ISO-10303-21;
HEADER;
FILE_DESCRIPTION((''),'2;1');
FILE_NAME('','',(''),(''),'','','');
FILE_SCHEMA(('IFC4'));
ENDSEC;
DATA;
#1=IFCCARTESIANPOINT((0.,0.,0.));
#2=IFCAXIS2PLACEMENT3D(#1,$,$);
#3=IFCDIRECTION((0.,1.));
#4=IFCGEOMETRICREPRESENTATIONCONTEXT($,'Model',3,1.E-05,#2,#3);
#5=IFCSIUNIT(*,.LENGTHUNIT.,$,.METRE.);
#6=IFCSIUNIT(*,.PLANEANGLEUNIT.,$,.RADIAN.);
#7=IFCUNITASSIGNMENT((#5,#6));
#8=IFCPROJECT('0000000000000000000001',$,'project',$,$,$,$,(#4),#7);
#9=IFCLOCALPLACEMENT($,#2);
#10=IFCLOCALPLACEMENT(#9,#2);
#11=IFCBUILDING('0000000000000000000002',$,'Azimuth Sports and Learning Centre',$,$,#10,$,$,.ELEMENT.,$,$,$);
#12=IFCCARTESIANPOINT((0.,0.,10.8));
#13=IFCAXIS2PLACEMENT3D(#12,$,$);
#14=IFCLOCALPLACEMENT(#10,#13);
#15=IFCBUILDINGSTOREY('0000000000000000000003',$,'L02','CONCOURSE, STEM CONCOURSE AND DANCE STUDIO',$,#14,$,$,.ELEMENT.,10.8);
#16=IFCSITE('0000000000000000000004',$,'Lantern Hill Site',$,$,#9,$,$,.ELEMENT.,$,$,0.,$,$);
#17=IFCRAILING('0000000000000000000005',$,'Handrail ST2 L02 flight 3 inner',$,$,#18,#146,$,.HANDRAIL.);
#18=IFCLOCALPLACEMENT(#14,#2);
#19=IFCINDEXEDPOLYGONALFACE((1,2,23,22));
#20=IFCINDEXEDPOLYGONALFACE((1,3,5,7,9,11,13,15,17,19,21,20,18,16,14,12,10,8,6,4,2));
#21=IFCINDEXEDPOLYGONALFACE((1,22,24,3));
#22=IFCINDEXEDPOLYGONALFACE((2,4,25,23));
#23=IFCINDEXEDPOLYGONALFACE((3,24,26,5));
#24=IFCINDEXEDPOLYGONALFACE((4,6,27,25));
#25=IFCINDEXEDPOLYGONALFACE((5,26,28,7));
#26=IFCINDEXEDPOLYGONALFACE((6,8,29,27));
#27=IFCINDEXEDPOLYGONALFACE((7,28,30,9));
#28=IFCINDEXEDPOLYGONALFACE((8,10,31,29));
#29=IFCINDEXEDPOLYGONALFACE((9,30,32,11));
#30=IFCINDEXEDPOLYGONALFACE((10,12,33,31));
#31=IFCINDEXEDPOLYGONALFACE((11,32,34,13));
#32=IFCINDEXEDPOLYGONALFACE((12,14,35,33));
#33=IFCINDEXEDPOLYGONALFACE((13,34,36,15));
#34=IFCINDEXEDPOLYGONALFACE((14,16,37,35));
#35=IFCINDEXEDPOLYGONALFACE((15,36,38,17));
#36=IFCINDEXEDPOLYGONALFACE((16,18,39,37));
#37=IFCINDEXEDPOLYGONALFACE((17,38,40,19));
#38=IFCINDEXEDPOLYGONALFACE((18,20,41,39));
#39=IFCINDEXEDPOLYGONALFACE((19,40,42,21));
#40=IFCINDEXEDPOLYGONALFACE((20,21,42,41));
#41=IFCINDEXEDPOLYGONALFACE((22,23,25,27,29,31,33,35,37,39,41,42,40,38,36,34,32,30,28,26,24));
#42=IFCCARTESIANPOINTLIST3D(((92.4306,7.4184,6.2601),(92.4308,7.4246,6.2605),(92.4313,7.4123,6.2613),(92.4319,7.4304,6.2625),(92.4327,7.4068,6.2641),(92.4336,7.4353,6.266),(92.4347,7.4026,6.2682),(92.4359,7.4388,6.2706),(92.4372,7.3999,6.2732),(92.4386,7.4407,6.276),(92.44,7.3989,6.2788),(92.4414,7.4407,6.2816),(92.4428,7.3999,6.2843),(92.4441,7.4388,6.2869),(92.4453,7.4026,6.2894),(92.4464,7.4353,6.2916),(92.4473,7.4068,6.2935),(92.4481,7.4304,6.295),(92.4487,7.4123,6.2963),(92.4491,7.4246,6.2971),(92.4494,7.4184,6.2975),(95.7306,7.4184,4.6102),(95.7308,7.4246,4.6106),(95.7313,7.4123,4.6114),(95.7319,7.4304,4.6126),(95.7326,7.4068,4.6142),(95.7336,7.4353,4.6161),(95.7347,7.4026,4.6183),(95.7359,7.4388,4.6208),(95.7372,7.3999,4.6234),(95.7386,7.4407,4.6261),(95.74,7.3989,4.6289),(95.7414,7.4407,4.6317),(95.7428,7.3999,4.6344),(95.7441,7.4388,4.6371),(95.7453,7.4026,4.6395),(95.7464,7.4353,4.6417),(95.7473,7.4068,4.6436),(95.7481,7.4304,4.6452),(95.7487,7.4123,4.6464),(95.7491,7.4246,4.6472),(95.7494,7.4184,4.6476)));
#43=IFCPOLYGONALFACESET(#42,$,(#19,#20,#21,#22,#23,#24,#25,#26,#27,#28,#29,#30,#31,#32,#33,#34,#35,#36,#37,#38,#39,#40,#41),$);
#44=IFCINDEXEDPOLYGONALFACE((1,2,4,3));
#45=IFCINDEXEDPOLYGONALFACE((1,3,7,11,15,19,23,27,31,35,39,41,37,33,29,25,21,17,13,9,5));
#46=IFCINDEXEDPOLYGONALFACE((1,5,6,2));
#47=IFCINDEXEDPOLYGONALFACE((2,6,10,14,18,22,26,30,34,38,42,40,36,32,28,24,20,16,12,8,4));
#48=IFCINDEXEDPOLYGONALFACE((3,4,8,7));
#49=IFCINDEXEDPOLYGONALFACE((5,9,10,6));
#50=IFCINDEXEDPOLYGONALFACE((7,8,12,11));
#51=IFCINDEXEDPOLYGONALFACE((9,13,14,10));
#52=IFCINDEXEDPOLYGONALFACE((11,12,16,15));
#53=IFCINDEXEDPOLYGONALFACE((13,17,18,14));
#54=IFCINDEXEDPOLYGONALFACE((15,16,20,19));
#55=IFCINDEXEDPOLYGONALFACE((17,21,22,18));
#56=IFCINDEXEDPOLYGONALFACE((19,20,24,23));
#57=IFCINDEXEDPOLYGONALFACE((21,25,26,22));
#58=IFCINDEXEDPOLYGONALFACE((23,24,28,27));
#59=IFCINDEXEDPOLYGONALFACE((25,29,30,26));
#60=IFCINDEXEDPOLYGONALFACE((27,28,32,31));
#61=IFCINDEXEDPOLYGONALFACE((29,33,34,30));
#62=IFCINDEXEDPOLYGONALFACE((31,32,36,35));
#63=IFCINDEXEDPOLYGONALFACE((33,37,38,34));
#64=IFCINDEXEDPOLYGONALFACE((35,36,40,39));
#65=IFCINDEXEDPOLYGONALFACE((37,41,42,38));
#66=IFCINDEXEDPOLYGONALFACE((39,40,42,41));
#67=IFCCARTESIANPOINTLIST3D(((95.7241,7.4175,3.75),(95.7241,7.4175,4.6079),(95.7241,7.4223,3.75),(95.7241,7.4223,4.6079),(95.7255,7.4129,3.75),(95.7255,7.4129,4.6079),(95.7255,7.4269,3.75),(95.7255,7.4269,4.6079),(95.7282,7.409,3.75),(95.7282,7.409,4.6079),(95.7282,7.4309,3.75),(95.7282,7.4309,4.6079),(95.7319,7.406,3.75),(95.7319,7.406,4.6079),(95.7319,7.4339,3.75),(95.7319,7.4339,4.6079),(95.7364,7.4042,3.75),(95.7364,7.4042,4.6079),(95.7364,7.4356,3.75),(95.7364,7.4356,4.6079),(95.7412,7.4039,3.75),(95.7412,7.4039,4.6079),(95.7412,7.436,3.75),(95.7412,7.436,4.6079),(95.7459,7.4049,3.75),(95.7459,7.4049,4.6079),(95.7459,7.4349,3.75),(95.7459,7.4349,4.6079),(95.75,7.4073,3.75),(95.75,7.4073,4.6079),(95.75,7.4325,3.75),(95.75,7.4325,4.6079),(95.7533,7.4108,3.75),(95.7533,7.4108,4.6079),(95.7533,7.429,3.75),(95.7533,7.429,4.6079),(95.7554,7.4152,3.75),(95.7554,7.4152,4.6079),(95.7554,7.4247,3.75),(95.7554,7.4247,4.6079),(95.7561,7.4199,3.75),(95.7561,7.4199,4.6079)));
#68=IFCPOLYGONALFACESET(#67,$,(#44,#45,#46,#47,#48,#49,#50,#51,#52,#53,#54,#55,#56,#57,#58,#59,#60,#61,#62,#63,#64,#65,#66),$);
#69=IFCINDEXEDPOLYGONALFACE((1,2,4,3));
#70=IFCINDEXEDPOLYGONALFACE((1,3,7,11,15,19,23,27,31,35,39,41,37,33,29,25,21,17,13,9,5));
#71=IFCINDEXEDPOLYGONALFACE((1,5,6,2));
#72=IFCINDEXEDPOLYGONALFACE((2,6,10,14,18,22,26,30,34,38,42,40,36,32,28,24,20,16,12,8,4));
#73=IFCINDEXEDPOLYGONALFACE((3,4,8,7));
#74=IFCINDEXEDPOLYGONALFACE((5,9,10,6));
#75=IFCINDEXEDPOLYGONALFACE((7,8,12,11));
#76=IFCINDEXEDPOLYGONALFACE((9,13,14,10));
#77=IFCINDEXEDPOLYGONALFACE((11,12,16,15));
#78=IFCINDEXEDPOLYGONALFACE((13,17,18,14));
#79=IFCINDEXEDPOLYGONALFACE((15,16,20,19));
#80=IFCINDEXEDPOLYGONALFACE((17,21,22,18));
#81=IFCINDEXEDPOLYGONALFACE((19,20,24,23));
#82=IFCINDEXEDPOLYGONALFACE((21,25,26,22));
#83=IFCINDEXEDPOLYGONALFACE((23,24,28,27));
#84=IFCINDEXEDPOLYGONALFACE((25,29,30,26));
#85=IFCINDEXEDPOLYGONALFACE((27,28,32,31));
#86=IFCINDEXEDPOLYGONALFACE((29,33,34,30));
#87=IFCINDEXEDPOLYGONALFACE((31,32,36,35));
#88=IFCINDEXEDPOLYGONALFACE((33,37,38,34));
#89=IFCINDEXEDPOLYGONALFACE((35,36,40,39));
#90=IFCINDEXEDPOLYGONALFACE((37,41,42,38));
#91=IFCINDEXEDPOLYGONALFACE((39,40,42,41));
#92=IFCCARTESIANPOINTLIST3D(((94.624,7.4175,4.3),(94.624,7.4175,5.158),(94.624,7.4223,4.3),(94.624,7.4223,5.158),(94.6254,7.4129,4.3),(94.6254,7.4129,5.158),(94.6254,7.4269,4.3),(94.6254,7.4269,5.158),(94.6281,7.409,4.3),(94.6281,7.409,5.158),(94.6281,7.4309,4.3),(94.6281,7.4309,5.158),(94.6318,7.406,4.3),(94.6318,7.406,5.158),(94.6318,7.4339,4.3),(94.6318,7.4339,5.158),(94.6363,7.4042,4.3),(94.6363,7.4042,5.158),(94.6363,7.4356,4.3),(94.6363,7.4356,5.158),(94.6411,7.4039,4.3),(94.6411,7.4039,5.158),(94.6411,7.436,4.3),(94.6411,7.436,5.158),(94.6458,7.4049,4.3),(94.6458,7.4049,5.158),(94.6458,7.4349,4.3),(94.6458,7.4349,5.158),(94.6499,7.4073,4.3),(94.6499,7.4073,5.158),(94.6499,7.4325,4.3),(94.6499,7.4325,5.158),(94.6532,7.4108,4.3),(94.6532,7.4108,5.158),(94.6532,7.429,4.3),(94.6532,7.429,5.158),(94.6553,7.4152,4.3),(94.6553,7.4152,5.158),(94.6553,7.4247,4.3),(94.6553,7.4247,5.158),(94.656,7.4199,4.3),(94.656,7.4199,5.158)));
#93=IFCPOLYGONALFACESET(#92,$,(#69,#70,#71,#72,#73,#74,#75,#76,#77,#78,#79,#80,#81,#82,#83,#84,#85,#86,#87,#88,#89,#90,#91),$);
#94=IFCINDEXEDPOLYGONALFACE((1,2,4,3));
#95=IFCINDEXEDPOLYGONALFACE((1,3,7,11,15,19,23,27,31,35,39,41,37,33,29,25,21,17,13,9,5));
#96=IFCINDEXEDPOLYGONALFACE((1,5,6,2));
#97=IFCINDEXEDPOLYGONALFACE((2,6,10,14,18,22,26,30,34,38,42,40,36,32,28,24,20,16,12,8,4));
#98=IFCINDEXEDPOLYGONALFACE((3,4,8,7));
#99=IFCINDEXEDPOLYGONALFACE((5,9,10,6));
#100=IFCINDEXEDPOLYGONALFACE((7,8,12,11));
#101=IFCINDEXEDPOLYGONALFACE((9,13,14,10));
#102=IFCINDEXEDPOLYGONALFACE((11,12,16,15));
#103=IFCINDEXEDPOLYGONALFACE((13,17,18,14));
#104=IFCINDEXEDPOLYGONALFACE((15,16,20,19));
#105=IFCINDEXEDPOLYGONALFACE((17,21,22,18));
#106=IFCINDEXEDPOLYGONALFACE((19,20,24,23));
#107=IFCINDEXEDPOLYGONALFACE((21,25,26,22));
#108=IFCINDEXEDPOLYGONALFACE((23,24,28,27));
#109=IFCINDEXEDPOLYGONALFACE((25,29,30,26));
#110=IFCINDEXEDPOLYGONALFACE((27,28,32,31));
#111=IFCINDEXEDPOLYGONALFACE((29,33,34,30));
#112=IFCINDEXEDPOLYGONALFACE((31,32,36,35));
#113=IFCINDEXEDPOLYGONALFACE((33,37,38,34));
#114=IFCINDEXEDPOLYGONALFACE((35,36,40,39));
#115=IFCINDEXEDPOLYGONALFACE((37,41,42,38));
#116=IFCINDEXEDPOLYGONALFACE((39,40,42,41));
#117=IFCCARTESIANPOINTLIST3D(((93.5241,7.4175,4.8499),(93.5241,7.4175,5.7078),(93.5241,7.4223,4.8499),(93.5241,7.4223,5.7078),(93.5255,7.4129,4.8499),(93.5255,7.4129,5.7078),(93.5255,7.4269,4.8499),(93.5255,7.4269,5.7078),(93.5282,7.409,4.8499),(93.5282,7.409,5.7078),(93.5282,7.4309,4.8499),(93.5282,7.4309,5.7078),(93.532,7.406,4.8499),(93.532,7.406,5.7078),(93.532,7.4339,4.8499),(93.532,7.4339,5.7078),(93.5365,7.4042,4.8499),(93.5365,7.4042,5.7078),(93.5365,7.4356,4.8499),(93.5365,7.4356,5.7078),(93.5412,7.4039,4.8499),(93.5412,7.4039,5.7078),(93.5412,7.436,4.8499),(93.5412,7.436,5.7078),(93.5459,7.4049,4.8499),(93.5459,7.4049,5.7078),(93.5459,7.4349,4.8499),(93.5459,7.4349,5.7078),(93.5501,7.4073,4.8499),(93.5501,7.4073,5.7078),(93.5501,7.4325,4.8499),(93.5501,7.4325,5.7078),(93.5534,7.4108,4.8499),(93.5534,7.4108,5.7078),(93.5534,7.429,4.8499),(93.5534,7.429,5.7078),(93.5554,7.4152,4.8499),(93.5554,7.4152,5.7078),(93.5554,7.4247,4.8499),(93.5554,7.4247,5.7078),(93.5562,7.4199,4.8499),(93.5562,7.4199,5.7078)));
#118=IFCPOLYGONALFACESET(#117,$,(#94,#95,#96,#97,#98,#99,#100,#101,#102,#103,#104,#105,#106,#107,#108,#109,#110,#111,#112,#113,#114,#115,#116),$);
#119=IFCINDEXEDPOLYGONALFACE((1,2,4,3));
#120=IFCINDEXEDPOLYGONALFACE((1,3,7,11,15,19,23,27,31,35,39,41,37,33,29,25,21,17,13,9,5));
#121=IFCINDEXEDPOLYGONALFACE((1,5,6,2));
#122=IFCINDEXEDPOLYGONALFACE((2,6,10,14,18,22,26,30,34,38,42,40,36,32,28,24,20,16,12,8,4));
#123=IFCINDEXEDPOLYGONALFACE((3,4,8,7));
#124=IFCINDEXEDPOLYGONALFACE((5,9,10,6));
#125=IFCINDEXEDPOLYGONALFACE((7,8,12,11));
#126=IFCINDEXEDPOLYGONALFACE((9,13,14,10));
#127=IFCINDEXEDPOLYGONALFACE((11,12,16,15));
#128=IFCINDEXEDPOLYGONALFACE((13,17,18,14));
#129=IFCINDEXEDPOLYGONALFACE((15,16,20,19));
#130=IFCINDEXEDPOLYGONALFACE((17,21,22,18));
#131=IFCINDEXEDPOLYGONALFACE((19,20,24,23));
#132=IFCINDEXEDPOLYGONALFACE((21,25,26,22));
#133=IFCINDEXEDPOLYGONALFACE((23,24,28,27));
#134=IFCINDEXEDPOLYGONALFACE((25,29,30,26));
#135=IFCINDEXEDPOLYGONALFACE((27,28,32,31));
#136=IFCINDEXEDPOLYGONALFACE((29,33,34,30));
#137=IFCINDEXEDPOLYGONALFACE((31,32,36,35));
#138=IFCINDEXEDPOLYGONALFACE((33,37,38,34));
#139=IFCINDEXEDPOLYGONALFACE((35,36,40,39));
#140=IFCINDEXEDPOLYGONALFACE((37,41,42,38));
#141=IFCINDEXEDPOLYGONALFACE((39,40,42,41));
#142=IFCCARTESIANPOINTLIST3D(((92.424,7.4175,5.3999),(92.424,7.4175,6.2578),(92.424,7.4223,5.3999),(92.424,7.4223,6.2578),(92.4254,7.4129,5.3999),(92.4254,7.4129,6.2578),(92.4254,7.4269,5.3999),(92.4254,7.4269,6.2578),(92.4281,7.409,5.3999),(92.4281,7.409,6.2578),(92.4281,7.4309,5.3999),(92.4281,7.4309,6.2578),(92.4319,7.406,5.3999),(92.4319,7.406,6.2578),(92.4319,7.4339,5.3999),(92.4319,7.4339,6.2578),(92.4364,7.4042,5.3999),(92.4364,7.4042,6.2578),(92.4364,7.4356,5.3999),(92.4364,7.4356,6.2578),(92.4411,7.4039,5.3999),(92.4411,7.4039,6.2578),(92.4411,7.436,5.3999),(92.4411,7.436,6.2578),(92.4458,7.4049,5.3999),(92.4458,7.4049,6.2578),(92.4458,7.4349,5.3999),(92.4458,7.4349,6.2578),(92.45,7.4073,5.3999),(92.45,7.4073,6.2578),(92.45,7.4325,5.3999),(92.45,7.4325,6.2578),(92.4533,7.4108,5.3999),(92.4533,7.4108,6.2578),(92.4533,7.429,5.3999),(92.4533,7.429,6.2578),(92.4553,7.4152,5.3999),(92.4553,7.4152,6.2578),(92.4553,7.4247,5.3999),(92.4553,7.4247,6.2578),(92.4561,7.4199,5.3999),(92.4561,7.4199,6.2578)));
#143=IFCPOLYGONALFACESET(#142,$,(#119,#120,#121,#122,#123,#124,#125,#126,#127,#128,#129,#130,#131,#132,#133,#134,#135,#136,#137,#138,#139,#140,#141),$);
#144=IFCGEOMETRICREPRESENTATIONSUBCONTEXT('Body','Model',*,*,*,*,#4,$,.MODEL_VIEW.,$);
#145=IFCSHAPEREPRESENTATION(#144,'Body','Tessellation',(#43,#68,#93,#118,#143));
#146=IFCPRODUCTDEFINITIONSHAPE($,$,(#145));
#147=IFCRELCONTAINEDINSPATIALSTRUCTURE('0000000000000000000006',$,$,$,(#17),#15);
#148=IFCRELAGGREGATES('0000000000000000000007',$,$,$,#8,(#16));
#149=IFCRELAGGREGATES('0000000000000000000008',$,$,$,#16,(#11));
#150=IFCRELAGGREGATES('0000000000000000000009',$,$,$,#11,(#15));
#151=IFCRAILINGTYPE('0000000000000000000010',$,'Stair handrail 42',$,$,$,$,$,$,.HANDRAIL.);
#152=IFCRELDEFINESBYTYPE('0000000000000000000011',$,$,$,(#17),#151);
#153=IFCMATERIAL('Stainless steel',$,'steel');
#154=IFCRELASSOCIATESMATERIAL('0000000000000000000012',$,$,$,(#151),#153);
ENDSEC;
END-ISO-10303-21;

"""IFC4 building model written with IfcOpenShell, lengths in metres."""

from ifc_helpers import new_model, si_unit, direction, frame, origin, origin_2d, place, context, subcontext, project, spatial, circle, extrude, material, type_object, element, save


model = new_model("IFC4")

# Units and contexts
model_context = context("Model", 3, precision=1e-05, world=origin(), true_north=direction((0.0, 1.0)))
body_context = subcontext(model_context, "Body", "Model", "MODEL_VIEW")
ifc_project = project(units=[si_unit("LENGTHUNIT", "METRE"), si_unit("PLANEANGLEUNIT", "RADIAN")], contexts=[model_context])

# Site, building, storey
site_placement = place(None, origin())
site = spatial("IfcSite", under=ifc_project, at=site_placement, Name="Lantern Hill Site", CompositionType="ELEMENT", RefElevation=0.0)
building_placement = place(site_placement, origin())
building = spatial("IfcBuilding", under=site, at=building_placement, Name="Azimuth Sports and Learning Centre", CompositionType="ELEMENT")
storey_placement = place(building_placement, frame((0.0, 0.0, 10.8)))
storey = spatial("IfcBuildingStorey", under=building, at=storey_placement, Name="L02", Description="CONCOURSE, STEM CONCOURSE AND DANCE STUDIO", CompositionType="ELEMENT", Elevation=10.8)

# Railing
ifc_material_1 = material(Name="Stainless steel", Category="steel")
railing_type_1 = type_object("IfcRailingType", Name="Stair handrail 42", PredefinedType="HANDRAIL", material=ifc_material_1)
railing_1_placement = place(storey_placement, frame((95.74, 7.4199, 3.75)))
element("IfcRailing", 1, at=railing_1_placement, inside=storey, type_object=railing_type_1, Name="Handrail ST2 L02 flight 3 inner", PredefinedType="HANDRAIL", context=body_context, shape_type="SweptSolid", body=[
    extrude(circle(Radius=0.021, at=origin_2d()), frame((0.0, 0.0, 0.8789), z_axis=(-0.89444, 0.0, 0.447187), x_axis=(0.0, -1.0, 0.0)), (0.0, 0.0, 1.0), 3.6895),
    extrude(circle(Radius=0.0161, at=origin_2d()), origin(), (0.0, 0.0, 1.0), 0.8579),
    extrude(circle(Radius=0.0161, at=origin_2d()), frame((-1.1001, 0.0, 0.55)), (0.0, 0.0, 1.0), 0.8579),
    extrude(circle(Radius=0.0161, at=origin_2d()), frame((-2.2, 0.0, 1.0999)), (0.0, 0.0, 1.0), 0.8579),
    extrude(circle(Radius=0.0161, at=origin_2d()), frame((-3.3, 0.0, 1.6499)), (0.0, 0.0, 1.0), 0.8579),
])

save(model, "model.ifc")
